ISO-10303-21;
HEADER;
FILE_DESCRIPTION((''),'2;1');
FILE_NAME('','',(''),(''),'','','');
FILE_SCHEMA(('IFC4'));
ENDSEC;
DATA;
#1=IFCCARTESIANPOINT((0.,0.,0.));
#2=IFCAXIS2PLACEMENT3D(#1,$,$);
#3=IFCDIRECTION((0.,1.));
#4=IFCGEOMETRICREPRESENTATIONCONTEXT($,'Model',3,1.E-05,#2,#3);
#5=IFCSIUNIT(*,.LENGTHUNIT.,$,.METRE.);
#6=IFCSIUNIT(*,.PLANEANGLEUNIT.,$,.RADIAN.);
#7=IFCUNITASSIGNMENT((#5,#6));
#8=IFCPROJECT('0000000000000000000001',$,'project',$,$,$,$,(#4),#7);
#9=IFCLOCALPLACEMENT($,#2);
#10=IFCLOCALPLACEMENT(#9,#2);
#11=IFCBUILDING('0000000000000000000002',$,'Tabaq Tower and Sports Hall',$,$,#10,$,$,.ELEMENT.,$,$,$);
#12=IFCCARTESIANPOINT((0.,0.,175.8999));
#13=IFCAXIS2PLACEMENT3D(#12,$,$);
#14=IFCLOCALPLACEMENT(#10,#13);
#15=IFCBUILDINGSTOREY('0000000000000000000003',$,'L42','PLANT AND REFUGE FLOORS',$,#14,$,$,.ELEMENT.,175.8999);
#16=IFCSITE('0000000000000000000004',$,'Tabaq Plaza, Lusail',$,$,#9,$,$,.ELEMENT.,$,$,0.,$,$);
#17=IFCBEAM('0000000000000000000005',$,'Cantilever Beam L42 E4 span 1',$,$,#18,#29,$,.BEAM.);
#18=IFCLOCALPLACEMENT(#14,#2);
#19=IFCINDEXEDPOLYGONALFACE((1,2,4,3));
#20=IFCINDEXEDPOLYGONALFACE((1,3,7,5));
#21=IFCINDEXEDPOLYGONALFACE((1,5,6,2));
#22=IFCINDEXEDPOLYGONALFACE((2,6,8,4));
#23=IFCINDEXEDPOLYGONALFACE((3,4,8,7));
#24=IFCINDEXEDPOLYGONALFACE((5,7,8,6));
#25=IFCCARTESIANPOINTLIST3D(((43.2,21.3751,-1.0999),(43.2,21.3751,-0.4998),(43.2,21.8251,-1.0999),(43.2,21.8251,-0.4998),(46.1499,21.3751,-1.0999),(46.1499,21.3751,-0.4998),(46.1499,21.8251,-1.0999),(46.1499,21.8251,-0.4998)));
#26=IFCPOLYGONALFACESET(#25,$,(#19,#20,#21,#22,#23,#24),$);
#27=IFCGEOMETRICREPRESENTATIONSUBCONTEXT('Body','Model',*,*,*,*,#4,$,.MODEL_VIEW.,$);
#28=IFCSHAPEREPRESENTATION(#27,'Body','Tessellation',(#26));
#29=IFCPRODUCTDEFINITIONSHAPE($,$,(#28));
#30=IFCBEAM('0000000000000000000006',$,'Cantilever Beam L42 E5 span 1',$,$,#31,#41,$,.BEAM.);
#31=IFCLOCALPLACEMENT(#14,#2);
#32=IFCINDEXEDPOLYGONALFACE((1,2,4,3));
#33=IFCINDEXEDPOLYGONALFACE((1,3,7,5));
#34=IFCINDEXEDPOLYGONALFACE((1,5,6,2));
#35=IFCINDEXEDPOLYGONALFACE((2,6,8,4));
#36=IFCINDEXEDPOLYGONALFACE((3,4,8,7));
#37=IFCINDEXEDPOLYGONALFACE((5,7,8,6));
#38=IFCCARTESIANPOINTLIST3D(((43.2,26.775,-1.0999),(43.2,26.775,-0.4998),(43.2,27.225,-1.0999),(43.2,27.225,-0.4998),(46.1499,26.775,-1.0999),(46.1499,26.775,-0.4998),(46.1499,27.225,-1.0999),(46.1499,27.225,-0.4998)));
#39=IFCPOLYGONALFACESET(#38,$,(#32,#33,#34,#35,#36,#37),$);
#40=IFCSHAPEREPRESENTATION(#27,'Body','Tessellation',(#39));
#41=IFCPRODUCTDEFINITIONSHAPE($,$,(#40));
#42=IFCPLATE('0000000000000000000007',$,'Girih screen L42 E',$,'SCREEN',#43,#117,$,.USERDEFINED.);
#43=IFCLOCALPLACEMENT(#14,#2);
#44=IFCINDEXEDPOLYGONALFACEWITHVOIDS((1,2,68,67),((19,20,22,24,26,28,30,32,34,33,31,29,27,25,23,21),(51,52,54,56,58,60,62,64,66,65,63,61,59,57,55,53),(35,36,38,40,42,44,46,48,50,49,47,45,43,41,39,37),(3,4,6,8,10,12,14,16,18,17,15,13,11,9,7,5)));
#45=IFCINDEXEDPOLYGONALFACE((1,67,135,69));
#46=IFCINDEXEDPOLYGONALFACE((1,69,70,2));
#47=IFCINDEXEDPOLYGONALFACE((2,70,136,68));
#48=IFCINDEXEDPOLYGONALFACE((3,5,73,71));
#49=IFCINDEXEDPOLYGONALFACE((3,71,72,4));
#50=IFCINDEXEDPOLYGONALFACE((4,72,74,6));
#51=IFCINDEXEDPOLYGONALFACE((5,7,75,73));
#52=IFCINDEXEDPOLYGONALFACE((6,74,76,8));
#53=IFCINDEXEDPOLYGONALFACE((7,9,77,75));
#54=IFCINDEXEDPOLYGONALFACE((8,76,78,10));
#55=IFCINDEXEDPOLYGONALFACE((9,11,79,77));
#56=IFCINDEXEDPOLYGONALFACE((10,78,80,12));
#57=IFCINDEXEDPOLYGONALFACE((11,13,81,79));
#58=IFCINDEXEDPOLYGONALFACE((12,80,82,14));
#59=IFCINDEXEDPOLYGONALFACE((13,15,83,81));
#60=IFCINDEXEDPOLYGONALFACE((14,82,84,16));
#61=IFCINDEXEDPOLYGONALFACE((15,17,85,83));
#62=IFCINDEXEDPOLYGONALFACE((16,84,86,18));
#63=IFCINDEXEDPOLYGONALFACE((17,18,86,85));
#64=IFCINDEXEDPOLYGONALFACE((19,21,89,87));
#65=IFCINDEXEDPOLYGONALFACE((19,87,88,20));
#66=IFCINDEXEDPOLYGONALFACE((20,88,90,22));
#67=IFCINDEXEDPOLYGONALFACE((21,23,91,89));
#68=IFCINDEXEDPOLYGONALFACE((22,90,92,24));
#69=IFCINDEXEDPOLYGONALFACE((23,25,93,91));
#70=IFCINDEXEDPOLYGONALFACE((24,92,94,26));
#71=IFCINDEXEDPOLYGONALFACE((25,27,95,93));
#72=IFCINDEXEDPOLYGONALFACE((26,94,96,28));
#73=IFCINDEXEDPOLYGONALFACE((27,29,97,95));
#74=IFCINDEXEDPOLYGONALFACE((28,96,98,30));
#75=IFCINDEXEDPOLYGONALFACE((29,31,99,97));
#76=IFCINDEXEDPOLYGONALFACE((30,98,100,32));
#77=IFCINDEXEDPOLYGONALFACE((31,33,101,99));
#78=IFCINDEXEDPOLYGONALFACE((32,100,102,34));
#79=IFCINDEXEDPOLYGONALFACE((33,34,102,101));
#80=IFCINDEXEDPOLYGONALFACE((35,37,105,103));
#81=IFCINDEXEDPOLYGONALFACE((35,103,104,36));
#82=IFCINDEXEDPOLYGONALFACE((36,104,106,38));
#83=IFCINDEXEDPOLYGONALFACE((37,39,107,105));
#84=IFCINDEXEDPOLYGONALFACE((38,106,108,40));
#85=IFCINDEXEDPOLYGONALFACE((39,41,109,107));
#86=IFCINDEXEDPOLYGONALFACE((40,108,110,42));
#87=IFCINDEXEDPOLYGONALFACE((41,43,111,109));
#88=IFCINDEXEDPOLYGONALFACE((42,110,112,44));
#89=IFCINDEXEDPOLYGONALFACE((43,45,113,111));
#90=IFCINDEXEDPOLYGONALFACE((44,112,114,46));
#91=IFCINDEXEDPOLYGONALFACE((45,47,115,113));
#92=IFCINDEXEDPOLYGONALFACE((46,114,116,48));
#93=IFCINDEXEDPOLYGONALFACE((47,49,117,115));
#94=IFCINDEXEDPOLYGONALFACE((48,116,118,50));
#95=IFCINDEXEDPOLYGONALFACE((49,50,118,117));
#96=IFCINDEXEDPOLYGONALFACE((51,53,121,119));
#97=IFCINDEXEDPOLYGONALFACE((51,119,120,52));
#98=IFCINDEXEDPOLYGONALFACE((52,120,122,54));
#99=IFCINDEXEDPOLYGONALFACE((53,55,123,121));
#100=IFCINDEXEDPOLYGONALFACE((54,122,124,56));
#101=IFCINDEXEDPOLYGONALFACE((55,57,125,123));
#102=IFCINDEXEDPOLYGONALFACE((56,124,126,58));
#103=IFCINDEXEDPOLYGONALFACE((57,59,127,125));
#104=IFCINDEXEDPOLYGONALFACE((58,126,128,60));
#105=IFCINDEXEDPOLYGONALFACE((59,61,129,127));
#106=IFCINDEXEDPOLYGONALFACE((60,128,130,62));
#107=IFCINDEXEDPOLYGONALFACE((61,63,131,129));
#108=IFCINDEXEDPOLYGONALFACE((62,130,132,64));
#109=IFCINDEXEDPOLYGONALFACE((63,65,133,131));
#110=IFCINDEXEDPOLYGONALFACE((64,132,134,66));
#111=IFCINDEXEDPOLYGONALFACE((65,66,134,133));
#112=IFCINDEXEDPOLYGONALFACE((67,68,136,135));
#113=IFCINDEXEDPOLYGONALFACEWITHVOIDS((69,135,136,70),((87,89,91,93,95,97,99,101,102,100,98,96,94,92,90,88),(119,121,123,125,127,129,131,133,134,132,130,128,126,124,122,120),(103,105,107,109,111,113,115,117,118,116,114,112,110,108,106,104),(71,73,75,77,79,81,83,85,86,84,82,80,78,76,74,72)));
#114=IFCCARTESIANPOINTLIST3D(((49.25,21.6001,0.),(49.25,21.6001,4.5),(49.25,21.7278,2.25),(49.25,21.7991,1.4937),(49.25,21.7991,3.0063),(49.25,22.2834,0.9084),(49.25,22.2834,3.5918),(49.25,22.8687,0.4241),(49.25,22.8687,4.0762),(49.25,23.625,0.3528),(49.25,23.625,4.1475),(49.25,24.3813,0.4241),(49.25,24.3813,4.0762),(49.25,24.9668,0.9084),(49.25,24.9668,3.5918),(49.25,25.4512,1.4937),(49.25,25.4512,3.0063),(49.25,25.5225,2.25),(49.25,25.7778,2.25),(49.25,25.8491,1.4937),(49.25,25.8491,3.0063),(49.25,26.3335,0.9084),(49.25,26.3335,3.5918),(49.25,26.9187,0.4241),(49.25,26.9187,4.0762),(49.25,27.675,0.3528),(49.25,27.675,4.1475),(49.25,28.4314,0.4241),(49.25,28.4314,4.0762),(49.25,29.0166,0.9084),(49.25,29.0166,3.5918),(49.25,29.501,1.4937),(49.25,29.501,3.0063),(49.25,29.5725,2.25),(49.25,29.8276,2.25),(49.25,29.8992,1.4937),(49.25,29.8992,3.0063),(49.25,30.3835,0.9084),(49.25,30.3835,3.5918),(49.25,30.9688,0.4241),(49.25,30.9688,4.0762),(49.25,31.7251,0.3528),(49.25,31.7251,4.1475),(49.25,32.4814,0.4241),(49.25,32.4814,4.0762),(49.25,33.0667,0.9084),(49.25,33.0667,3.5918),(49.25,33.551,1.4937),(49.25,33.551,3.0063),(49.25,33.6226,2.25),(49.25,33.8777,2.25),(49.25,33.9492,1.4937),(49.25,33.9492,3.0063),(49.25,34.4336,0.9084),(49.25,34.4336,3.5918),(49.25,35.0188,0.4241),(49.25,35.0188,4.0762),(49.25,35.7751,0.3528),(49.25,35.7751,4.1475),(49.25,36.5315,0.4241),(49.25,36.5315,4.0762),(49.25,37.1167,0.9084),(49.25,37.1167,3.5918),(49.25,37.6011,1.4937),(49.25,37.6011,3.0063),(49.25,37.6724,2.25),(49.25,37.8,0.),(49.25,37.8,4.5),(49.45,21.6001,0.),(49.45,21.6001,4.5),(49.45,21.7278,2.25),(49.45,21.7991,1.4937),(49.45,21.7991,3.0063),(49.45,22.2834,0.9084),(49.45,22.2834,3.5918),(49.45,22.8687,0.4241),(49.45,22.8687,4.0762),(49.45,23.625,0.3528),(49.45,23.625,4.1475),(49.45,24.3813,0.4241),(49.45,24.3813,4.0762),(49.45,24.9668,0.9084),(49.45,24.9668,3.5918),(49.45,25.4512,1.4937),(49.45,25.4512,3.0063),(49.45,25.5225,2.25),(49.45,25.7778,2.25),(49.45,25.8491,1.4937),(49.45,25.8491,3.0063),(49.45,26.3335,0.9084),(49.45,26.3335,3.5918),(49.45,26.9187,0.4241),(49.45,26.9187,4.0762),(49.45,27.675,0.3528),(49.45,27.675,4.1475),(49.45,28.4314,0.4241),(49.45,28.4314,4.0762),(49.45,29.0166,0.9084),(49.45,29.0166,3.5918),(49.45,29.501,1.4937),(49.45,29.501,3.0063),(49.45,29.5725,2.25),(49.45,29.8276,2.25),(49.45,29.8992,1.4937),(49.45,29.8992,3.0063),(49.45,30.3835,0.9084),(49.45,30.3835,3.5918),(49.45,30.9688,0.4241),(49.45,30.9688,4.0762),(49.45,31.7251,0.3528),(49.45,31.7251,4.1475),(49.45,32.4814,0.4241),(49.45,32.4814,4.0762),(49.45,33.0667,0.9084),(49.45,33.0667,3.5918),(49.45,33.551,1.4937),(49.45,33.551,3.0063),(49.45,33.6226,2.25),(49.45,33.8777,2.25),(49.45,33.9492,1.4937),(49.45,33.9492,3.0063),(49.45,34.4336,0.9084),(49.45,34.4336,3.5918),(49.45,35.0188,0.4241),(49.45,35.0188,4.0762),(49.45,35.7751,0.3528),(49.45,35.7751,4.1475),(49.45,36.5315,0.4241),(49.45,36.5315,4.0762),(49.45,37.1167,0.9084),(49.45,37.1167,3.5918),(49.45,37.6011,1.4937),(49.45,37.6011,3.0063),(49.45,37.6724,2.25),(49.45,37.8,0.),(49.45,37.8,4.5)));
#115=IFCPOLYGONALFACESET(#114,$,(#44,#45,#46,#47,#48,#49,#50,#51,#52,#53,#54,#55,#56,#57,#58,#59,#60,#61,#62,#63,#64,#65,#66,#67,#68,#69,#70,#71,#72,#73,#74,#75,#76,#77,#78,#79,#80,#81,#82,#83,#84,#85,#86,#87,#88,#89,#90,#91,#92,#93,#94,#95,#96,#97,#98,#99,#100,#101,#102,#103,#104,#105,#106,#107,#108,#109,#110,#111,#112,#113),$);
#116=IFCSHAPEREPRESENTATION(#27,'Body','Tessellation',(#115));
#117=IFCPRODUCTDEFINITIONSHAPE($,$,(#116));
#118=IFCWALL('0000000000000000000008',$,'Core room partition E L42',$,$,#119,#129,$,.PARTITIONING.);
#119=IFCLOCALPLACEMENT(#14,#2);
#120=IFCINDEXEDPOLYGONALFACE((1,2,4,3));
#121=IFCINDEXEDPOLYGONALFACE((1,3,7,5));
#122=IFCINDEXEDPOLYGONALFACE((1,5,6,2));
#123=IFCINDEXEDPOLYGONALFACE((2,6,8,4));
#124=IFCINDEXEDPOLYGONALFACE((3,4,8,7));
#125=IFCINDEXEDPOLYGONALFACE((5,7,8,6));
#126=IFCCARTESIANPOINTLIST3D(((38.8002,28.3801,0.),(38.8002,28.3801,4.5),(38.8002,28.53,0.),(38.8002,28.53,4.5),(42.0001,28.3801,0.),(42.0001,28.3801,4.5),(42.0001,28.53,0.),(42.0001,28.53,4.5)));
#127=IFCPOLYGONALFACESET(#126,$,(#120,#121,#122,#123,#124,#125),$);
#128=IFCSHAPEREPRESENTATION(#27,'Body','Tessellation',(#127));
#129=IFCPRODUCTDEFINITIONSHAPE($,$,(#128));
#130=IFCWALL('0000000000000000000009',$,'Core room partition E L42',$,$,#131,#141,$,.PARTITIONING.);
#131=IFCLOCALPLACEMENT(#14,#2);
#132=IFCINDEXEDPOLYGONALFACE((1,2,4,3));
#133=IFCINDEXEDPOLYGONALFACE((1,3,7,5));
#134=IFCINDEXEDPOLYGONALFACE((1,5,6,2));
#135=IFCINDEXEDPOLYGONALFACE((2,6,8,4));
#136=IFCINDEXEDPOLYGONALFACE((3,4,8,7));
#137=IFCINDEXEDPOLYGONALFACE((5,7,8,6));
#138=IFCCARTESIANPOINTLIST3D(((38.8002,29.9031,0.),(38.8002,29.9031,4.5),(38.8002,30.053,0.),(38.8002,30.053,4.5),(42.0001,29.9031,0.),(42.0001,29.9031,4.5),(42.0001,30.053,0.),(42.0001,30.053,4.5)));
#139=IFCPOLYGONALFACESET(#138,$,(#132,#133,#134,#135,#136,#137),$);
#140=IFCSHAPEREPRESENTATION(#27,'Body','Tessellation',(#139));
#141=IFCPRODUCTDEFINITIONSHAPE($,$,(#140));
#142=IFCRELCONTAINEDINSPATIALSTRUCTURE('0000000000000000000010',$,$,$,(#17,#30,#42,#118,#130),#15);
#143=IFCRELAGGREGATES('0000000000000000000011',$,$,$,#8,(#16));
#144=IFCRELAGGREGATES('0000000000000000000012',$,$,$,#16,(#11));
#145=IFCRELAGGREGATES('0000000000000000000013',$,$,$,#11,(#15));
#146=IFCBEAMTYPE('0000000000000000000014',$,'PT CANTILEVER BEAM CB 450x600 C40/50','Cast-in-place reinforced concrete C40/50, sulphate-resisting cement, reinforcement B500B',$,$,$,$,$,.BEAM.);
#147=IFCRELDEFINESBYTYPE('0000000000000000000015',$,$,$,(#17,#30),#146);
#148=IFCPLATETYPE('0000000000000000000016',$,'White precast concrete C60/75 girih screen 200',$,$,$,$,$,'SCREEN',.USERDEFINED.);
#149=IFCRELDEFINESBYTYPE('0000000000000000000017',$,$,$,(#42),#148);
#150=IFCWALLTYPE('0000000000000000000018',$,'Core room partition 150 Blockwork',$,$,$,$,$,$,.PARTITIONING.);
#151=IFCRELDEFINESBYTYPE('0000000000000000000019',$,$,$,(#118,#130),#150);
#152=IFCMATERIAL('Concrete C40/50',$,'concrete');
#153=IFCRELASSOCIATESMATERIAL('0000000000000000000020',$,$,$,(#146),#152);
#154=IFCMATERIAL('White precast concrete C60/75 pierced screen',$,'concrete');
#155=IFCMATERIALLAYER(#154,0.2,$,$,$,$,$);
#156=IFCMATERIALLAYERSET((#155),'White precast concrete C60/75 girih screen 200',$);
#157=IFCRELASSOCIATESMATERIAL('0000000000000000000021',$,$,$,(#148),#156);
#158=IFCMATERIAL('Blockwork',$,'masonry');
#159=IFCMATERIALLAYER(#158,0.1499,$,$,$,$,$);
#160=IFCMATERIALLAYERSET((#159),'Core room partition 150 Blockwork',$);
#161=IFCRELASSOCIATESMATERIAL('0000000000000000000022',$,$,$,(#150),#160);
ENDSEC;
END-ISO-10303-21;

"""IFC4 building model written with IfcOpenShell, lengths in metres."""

from ifc_helpers import new_model, si_unit, direction, frame, frame_2d, origin, origin_2d, place, context, subcontext, project, spatial, polyline, rectangle, outline, extrude, material, layer, layer_set, material_profile, profile_set, type_object, element, save


model = new_model("IFC4")

# Units and contexts
model_context = context("Model", 3, precision=1e-05, world=origin(), true_north=direction((0.0, 1.0)))
body_context = subcontext(model_context, "Body", "Model", "MODEL_VIEW")
ifc_project = project(units=[si_unit("LENGTHUNIT", "METRE"), si_unit("PLANEANGLEUNIT", "RADIAN")], contexts=[model_context])

# Site, building, storey
site_placement = place(None, origin())
site = spatial("IfcSite", under=ifc_project, at=site_placement, Name="Tabaq Plaza, Lusail", CompositionType="ELEMENT", RefElevation=0.0)
building_placement = place(site_placement, origin())
building = spatial("IfcBuilding", under=site, at=building_placement, Name="Tabaq Tower and Sports Hall", CompositionType="ELEMENT")
storey_placement = place(building_placement, frame((0.0, 0.0, 175.8999)))
storey = spatial("IfcBuildingStorey", under=building, at=storey_placement, Name="L42", Description="PLANT AND REFUGE FLOORS", CompositionType="ELEMENT", Elevation=175.8999)

# Beams
ifc_material_1 = material(Name="Concrete C40/50", Category="concrete")
ifc_material_profile = material_profile(ifc_material_1, rectangle(XDim=0.45, YDim=0.6001, at=origin_2d()), Name="CB 450x600")
ifc_profile_set = profile_set([ifc_material_profile], Name="Concrete C40/50")
beam_type = type_object("IfcBeamType", Name="PT CANTILEVER BEAM CB 450x600 C40/50", Description="Cast-in-place reinforced concrete C40/50, sulphate-resisting cement, reinforcement B500B", PredefinedType="BEAM", material=ifc_profile_set)
for number, where, z_axis, x_axis, name in (
    (1, (46.1499, 21.6001, -0.7998), (-1.0, 0.0, 0.0), (0.0, -1.0, 0.0), "Cantilever Beam L42 E4 span 1"),
    (2, (46.1499, 27.0, -0.7998), (-1.0, 0.0, 0.0), (0.0, -1.0, 0.0), "Cantilever Beam L42 E5 span 1"),
):
    element("IfcBeam", number, at=place(storey_placement, frame(where, z_axis=z_axis, x_axis=x_axis)), inside=storey, type_object=beam_type, Name=name, PredefinedType="BEAM", context=body_context, shape_type="SweptSolid", body=[
        extrude(rectangle(XDim=0.45, YDim=0.6001, at=origin_2d()), origin(), (0.0, 0.0, 1.0), 2.95),
    ])

# Plate
ifc_material_2 = material(Name="White precast concrete C60/75 pierced screen", Category="concrete")
ifc_layer_1 = layer(ifc_material_2, 0.2)
ifc_layer_set_1 = layer_set([ifc_layer_1], Name="White precast concrete C60/75 girih screen 200")
plate_type = type_object("IfcPlateType", Name="White precast concrete C60/75 girih screen 200", ElementType="SCREEN", PredefinedType="USERDEFINED", material=ifc_layer_set_1)
plate_placement = place(storey_placement, frame((49.3501, 21.6001, 0.0), z_axis=(0.0, 0.0, 1.0), x_axis=(0.0, 1.0, 0.0)))
element("IfcPlate", 3, at=plate_placement, inside=storey, type_object=plate_type, Name="Girih screen L42 E", ObjectType="SCREEN", PredefinedType="USERDEFINED", context=body_context, shape_type="SweptSolid", body=[
    extrude(outline(polyline([(0.0, 0.0), (16.2, 0.0), (16.2, 4.5), (0.0, 4.5), (0.0, 0.0)]), holes=[polyline([(3.8511, 3.0063), (3.3667, 3.5918), (2.7812, 4.0762), (2.0249, 4.1475), (1.2686, 4.0762), (0.6833, 3.5918), (0.199, 3.0063), (0.1277, 2.25), (0.199, 1.4937), (0.6833, 0.9084), (1.2686, 0.4241), (2.0249, 0.3528), (2.7812, 0.4241), (3.3667, 0.9084), (3.8511, 1.4937), (3.9224, 2.25), (3.8511, 3.0063)]), polyline([(7.9009, 3.0063), (7.4165, 3.5918), (6.8313, 4.0762), (6.075, 4.1475), (5.3186, 4.0762), (4.7334, 3.5918), (4.249, 3.0063), (4.1777, 2.25), (4.249, 1.4937), (4.7334, 0.9084), (5.3186, 0.4241), (6.075, 0.3528), (6.8313, 0.4241), (7.4165, 0.9084), (7.9009, 1.4937), (7.9724, 2.25), (7.9009, 3.0063)]), polyline([(11.9509, 3.0063), (11.4666, 3.5918), (10.8813, 4.0762), (10.125, 4.1475), (9.3687, 4.0762), (8.7834, 3.5918), (8.2991, 3.0063), (8.2275, 2.25), (8.2991, 1.4937), (8.7834, 0.9084), (9.3687, 0.4241), (10.125, 0.3528), (10.8813, 0.4241), (11.4666, 0.9084), (11.9509, 1.4937), (12.0225, 2.25), (11.9509, 3.0063)]), polyline([(16.001, 3.0063), (15.5166, 3.5918), (14.9314, 4.0762), (14.175, 4.1475), (13.4187, 4.0762), (12.8335, 3.5918), (12.3491, 3.0063), (12.2776, 2.25), (12.3491, 1.4937), (12.8335, 0.9084), (13.4187, 0.4241), (14.175, 0.3528), (14.9314, 0.4241), (15.5166, 0.9084), (16.001, 1.4937), (16.0723, 2.25), (16.001, 3.0063)])]), frame((0.0, 0.1001, 0.0), z_axis=(0.0, -1.0, 0.0), x_axis=(1.0, 0.0, 0.0)), (0.0, 0.0, 1.0), 0.2),
])

# Walls
ifc_material_3 = material(Name="Blockwork", Category="masonry")
ifc_layer_2 = layer(ifc_material_3, 0.1499)
ifc_layer_set_2 = layer_set([ifc_layer_2], Name="Core room partition 150 Blockwork")
wall_type_1 = type_object("IfcWallType", Name="Core room partition 150 Blockwork", PredefinedType="PARTITIONING", material=ifc_layer_set_2)
for number, where, z_axis, x_axis, name in (
    (4, (38.8, 28.4551, 0.0), (0.0, 0.0, 1.0), (1.0, 0.0, 0.0), "Core room partition E L42"),
    (5, (38.8, 29.978, 0.0), (0.0, 0.0, 1.0), (1.0, 0.0, 0.0), "Core room partition E L42"),
):
    element("IfcWall", number, at=place(storey_placement, frame(where, z_axis=z_axis, x_axis=x_axis)), inside=storey, type_object=wall_type_1, Name=name, PredefinedType="PARTITIONING", context=body_context, shape_type="SweptSolid", body=[
        extrude(rectangle(XDim=3.2, YDim=0.1499, at=frame_2d((1.6001, 0.0))), origin(), (0.0, 0.0, 1.0), 4.5),
    ])

save(model, "model.ifc")
